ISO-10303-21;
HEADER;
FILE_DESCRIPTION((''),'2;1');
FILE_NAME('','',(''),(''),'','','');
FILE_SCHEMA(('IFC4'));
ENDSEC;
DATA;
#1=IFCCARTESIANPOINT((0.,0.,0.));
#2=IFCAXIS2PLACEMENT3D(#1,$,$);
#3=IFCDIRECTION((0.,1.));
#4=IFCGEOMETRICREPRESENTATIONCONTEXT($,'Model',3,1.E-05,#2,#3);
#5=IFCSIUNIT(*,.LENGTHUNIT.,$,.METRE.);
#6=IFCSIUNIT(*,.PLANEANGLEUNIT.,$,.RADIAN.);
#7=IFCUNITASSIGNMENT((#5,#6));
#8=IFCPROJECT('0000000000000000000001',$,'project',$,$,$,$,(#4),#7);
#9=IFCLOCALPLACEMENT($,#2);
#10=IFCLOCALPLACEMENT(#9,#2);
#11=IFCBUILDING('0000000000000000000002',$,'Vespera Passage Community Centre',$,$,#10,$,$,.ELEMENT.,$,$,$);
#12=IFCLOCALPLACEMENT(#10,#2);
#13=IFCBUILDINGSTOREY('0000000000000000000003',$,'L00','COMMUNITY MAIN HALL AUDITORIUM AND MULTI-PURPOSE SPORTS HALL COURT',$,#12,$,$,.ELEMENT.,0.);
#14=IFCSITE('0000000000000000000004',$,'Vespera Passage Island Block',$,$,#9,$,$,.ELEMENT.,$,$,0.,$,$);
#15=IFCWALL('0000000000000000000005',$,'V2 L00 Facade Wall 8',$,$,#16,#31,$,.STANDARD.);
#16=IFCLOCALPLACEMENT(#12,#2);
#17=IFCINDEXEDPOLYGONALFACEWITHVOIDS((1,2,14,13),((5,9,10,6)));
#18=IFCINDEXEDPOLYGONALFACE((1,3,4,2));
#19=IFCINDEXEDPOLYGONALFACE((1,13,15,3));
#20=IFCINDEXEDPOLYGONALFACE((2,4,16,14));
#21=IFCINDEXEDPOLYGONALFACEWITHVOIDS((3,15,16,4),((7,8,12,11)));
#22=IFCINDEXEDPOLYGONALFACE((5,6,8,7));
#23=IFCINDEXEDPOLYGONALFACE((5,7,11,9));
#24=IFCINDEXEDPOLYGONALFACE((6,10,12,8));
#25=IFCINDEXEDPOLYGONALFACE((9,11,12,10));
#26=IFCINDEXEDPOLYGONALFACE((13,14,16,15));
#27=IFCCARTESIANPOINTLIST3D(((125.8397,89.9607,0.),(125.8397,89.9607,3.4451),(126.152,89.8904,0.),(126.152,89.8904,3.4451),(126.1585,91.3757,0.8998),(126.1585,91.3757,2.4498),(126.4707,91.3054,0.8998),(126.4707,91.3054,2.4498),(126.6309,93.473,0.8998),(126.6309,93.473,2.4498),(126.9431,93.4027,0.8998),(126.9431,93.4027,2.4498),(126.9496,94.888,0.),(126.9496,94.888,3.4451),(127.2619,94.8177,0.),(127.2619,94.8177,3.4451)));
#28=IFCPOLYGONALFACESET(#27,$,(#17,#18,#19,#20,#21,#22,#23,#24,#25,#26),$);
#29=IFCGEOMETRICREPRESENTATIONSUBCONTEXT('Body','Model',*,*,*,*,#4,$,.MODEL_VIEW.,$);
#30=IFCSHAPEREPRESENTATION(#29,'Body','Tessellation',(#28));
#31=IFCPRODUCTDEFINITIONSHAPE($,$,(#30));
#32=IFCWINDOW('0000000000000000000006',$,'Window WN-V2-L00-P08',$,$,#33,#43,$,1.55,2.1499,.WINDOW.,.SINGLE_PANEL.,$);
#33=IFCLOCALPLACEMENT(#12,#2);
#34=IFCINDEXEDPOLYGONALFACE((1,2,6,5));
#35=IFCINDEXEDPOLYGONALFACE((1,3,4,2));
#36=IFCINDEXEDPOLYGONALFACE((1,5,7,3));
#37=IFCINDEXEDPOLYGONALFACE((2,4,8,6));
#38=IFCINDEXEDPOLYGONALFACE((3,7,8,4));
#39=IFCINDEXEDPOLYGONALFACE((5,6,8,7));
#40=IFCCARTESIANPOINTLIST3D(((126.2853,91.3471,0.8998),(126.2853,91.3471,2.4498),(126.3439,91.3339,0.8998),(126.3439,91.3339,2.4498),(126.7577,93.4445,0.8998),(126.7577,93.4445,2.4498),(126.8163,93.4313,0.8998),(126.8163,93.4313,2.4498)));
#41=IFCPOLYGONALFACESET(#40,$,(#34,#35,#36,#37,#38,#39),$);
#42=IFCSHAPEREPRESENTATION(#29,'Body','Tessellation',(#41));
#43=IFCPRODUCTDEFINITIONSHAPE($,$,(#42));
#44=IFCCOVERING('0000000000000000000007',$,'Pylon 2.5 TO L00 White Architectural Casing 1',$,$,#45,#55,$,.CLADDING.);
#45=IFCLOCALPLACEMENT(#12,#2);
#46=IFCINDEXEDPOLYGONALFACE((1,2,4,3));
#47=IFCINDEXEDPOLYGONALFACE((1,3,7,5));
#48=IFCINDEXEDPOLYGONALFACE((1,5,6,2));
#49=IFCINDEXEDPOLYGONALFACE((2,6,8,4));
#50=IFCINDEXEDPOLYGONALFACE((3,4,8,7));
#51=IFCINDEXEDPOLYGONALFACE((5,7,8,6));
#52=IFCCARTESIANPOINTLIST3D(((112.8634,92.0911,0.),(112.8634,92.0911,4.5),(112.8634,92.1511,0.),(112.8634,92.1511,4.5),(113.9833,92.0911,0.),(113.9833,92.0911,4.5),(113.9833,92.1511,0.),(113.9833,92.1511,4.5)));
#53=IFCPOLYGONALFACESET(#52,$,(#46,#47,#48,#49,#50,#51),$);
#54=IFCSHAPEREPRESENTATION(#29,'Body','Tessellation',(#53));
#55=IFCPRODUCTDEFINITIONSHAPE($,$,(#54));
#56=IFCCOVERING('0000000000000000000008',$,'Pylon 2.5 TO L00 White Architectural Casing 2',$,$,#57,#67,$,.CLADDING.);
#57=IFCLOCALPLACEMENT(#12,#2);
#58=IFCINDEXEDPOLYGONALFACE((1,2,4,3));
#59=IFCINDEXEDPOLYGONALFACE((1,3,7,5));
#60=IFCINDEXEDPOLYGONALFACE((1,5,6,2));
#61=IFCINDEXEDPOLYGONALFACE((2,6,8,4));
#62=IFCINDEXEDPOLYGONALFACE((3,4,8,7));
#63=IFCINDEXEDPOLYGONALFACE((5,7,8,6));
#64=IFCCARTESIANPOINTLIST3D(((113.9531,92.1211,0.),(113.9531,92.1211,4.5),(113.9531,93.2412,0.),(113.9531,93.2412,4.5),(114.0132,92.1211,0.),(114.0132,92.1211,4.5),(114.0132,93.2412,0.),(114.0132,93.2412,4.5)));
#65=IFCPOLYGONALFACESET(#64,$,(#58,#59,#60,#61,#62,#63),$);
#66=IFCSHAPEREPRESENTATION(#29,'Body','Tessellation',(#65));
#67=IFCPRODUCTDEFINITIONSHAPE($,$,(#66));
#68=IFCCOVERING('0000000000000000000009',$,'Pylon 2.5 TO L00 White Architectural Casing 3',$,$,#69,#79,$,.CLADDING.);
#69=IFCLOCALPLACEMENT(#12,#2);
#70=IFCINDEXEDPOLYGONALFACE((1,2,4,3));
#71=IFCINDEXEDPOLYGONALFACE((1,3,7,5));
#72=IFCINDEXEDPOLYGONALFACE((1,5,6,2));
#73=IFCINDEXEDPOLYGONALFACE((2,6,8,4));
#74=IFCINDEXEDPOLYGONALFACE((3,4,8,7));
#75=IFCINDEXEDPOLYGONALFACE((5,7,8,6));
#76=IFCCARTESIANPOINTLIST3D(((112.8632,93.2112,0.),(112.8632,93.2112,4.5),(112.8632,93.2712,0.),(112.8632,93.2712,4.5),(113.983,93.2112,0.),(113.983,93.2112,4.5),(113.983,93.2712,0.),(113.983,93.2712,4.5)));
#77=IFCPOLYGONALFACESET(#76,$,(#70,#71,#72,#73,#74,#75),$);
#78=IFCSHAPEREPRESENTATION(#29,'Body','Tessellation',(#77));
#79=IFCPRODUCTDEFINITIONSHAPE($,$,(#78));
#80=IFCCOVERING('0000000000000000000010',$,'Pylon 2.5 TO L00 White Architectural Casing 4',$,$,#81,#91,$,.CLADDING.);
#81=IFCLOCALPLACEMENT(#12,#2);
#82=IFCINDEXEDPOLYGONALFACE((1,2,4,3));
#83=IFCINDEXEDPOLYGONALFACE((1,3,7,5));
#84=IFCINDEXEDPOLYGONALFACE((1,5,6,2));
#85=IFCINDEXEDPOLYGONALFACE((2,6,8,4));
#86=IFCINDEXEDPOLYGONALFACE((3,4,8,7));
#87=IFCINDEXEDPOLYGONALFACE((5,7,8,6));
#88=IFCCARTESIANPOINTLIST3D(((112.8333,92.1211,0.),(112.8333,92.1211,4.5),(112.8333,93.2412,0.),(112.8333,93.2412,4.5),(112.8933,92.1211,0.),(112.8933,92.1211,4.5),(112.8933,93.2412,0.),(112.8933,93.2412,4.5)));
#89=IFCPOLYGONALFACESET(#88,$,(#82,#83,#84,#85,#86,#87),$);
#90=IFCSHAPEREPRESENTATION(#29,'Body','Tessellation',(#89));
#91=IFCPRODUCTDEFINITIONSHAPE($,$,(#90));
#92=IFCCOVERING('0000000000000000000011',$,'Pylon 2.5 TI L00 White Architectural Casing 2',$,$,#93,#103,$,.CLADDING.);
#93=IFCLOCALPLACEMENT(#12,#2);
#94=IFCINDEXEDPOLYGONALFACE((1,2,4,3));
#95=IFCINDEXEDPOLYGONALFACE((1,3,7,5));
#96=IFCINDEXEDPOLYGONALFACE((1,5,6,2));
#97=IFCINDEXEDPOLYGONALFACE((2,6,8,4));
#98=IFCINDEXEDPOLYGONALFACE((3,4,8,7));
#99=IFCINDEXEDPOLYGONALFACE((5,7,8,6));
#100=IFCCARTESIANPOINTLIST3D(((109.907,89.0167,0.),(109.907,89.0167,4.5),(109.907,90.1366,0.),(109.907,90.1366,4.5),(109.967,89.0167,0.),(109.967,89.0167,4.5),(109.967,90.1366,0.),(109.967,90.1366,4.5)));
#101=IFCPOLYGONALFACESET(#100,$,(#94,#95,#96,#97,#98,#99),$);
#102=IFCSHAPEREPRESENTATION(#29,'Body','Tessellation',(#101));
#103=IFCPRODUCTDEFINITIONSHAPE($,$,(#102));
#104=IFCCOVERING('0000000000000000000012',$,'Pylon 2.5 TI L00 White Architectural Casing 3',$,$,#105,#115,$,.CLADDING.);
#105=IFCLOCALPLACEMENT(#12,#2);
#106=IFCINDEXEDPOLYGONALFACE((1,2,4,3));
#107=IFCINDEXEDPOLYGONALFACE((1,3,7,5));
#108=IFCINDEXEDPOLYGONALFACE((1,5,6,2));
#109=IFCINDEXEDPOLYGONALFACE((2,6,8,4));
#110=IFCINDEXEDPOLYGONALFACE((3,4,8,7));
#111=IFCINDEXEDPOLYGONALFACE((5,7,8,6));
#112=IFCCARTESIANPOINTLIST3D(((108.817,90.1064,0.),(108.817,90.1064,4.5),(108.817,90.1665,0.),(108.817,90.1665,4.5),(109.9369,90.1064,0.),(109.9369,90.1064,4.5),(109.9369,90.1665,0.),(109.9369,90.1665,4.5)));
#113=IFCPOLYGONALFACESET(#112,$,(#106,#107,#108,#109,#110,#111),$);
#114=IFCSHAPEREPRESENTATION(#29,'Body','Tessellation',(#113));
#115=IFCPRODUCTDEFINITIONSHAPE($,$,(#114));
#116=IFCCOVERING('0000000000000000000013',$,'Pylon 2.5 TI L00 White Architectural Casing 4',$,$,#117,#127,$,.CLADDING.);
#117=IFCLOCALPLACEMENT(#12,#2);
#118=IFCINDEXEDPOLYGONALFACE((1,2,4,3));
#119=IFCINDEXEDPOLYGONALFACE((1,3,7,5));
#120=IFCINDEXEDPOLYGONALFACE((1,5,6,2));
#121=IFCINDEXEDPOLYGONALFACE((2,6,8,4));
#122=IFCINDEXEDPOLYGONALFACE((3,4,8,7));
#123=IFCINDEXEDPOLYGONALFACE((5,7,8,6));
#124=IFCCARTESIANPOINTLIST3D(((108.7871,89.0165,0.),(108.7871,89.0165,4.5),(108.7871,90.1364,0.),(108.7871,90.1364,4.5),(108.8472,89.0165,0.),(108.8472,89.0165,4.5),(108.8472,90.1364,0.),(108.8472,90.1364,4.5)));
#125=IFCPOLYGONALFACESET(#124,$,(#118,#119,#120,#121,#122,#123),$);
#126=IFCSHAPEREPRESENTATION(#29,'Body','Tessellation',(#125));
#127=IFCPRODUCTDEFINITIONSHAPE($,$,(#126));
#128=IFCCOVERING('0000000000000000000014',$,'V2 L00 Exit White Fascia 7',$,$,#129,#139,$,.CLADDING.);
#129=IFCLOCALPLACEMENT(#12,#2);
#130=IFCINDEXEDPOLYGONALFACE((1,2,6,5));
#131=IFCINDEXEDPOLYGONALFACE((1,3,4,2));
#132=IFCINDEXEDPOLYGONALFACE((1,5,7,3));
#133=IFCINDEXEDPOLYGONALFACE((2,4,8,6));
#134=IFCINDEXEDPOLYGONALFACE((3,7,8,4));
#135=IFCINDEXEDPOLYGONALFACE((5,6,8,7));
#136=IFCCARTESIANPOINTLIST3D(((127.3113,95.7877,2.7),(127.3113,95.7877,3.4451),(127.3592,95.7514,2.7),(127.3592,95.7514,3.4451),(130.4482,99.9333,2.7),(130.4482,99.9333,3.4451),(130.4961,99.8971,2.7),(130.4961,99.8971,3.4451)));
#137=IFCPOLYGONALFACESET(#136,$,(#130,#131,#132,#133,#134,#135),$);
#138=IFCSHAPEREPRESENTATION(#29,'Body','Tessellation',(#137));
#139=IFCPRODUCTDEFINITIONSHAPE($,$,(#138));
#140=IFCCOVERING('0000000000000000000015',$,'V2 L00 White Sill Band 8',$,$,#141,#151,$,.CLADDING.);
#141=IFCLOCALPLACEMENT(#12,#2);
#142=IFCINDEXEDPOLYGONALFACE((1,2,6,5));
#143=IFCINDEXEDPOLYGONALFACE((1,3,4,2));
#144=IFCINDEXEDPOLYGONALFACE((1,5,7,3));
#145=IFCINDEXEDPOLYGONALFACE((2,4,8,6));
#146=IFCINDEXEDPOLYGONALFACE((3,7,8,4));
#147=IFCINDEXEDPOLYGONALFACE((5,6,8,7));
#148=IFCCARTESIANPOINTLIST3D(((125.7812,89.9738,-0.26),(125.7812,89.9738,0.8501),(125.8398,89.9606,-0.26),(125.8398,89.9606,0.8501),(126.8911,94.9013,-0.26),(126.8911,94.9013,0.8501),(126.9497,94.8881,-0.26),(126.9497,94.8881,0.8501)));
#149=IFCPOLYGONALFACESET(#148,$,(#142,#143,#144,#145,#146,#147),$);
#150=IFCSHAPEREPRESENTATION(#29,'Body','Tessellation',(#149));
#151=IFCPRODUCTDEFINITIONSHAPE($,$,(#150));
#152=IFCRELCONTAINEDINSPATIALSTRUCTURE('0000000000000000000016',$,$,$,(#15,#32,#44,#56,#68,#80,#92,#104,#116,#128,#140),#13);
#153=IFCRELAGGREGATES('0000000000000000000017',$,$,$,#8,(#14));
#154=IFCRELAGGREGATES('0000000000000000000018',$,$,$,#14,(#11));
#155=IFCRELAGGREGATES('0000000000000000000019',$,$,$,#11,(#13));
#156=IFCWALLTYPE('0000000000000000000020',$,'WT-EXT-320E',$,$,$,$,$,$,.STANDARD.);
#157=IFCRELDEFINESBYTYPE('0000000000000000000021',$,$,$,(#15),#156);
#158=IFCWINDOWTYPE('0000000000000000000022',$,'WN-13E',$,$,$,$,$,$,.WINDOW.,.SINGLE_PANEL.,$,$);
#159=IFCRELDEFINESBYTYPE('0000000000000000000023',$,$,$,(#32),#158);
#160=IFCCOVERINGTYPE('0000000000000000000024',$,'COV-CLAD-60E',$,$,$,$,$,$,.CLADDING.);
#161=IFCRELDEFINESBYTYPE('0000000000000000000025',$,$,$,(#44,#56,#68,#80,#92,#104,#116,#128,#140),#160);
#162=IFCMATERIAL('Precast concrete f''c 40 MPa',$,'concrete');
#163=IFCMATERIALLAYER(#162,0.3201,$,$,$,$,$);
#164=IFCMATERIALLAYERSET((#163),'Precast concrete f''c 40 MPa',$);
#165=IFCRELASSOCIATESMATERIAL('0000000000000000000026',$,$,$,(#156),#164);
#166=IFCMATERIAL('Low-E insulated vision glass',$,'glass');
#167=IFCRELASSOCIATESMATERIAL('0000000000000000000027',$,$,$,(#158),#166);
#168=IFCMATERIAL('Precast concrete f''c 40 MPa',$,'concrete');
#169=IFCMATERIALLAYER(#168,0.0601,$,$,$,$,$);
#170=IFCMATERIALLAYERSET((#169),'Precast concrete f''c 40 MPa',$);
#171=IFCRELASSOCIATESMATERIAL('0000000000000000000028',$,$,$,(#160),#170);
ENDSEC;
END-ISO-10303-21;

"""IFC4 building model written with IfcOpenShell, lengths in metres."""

from ifc_helpers import new_model, si_unit, direction, frame, frame_2d, origin, place, context, subcontext, project, spatial, rectangle, extrude, material, layer, layer_set, type_object, element, fill, save


model = new_model("IFC4")

# Units and contexts
model_context = context("Model", 3, precision=1e-05, world=origin(), true_north=direction((0.0, 1.0)))
body_context = subcontext(model_context, "Body", "Model", "MODEL_VIEW")
ifc_project = project(units=[si_unit("LENGTHUNIT", "METRE"), si_unit("PLANEANGLEUNIT", "RADIAN")], contexts=[model_context])

# Site, building, storey
site_placement = place(None, origin())
site = spatial("IfcSite", under=ifc_project, at=site_placement, Name="Vespera Passage Island Block", CompositionType="ELEMENT", RefElevation=0.0)
building_placement = place(site_placement, origin())
building = spatial("IfcBuilding", under=site, at=building_placement, Name="Vespera Passage Community Centre", CompositionType="ELEMENT")
storey_placement = place(building_placement, origin())
storey = spatial("IfcBuildingStorey", under=building, at=storey_placement, Name="L00", Description="COMMUNITY MAIN HALL AUDITORIUM AND MULTI-PURPOSE SPORTS HALL COURT", CompositionType="ELEMENT", Elevation=0.0)

# Shared definitions
ifc_material_1 = material(Name="Precast concrete f'c 40 MPa", Category="concrete")
ifc_layer_1 = layer(ifc_material_1, 0.3201)
ifc_layer_set_1 = layer_set([ifc_layer_1], Name="Precast concrete f'c 40 MPa")
wall_type = type_object("IfcWallType", Name="WT-EXT-320E", PredefinedType="STANDARD", material=ifc_layer_set_1)

# Wall, opening, window
wall_1_placement = place(storey_placement, frame((125.9958, 89.9255, 0.0), z_axis=(0.0, 0.0, 1.0), x_axis=(0.219745, 0.975557, 0.0)))
wall_1 = element("IfcWall", 1, at=wall_1_placement, inside=storey, type_object=wall_type, Name="V2 L00 Facade Wall 8", PredefinedType="STANDARD", context=body_context, shape_type="SweptSolid", body=[
    extrude(rectangle(XDim=5.0508, YDim=0.3201, at=frame_2d((2.5254, 0.0))), origin(), (0.0, 0.0, 1.0), 3.4451),
])
opening_1_placement = place(wall_1_placement, frame((1.4504, 0.0, 0.8999)))
opening_1 = element("IfcOpeningElement", 2, at=opening_1_placement, cuts=wall_1, PredefinedType="OPENING", context=body_context, shape_type="SweptSolid", body=[
    extrude(rectangle(XDim=2.1499, YDim=1.55, at=frame_2d((1.075, 0.7749))), frame((0.0, 0.1702, 0.0), z_axis=(0.0, -1.0, 0.0), x_axis=(1.0, 0.0, 0.0)), (0.0, 0.0, 1.0), 0.3401),
])
ifc_material_2 = material(Name="Low-E insulated vision glass", Category="glass")
window_type = type_object("IfcWindowType", Name="WN-13E", PartitioningType="SINGLE_PANEL", PredefinedType="WINDOW", material=ifc_material_2)
window_placement = place(opening_1_placement, origin())
window = element("IfcWindow", 3, at=window_placement, inside=storey, type_object=window_type, Name="Window WN-V2-L00-P08", OverallHeight=1.55, OverallWidth=2.1499, PartitioningType="SINGLE_PANEL", PredefinedType="WINDOW", context=body_context, shape_type="SweptSolid", body=[
    extrude(rectangle(XDim=2.1499, YDim=1.55, at=frame_2d((1.075, 0.7749))), frame((0.0, 0.03, 0.0), z_axis=(0.0, -1.0, 0.0), x_axis=(1.0, 0.0, 0.0)), (0.0, 0.0, 1.0), 0.0601),
])
fill(opening_1, window)

# Coverings
ifc_material_3 = material(Name="Precast concrete f'c 40 MPa", Category="concrete")
ifc_layer_2 = layer(ifc_material_3, 0.0601)
ifc_layer_set_2 = layer_set([ifc_layer_2], Name="Precast concrete f'c 40 MPa")
covering_type = type_object("IfcCoveringType", Name="COV-CLAD-60E", PredefinedType="CLADDING", material=ifc_layer_set_2)
covering_1_placement = place(storey_placement, frame((112.8633, 92.1211, 0.0), z_axis=(0.0, 0.0, 1.0), x_axis=(1.0, 0.0, 0.0)))
element("IfcCovering", 4, at=covering_1_placement, inside=storey, type_object=covering_type, Name="Pylon 2.5 TO L00 White Architectural Casing 1", PredefinedType="CLADDING", context=body_context, shape_type="SweptSolid", body=[
    extrude(rectangle(XDim=1.1199, YDim=0.0601, at=frame_2d((0.5601, 0.0))), origin(), (0.0, 0.0, 1.0), 4.5),
])
covering_2_placement = place(storey_placement, frame((113.9832, 92.1211, 0.0), z_axis=(0.0, 0.0, 1.0), x_axis=(0.0, 1.0, 0.0)))
element("IfcCovering", 5, at=covering_2_placement, inside=storey, type_object=covering_type, Name="Pylon 2.5 TO L00 White Architectural Casing 2", PredefinedType="CLADDING", context=body_context, shape_type="SweptSolid", body=[
    extrude(rectangle(XDim=1.1201, YDim=0.0601, at=frame_2d((0.5601, 0.0))), origin(), (0.0, 0.0, 1.0), 4.5),
])
covering_3_placement = place(storey_placement, frame((113.9832, 93.2412, 0.0), z_axis=(0.0, 0.0, 1.0), x_axis=(-1.0, 0.0, 0.0)))
element("IfcCovering", 6, at=covering_3_placement, inside=storey, type_object=covering_type, Name="Pylon 2.5 TO L00 White Architectural Casing 3", PredefinedType="CLADDING", context=body_context, shape_type="SweptSolid", body=[
    extrude(rectangle(XDim=1.1199, YDim=0.0601, at=frame_2d((0.5601, 0.0))), origin(), (0.0, 0.0, 1.0), 4.5),
])
covering_4_placement = place(storey_placement, frame((112.8633, 93.2412, 0.0), z_axis=(0.0, 0.0, 1.0), x_axis=(0.0, -1.0, 0.0)))
element("IfcCovering", 7, at=covering_4_placement, inside=storey, type_object=covering_type, Name="Pylon 2.5 TO L00 White Architectural Casing 4", PredefinedType="CLADDING", context=body_context, shape_type="SweptSolid", body=[
    extrude(rectangle(XDim=1.1201, YDim=0.0601, at=frame_2d((0.5601, 0.0))), origin(), (0.0, 0.0, 1.0), 4.5),
])
for number, where, z_axis, x_axis, name in (
    (8, (109.937, 89.0166, 0.0), (0.0, 0.0, 1.0), (0.0, 1.0, 0.0), "Pylon 2.5 TI L00 White Architectural Casing 2"),
    (9, (109.937, 90.1365, 0.0), (0.0, 0.0, 1.0), (-1.0, 0.0, 0.0), "Pylon 2.5 TI L00 White Architectural Casing 3"),
    (10, (108.8171, 90.1365, 0.0), (0.0, 0.0, 1.0), (0.0, -1.0, 0.0), "Pylon 2.5 TI L00 White Architectural Casing 4"),
):
    element("IfcCovering", number, at=place(storey_placement, frame(where, z_axis=z_axis, x_axis=x_axis)), inside=storey, type_object=covering_type, Name=name, PredefinedType="CLADDING", context=body_context, shape_type="SweptSolid", body=[
        extrude(rectangle(XDim=1.1199, YDim=0.0601, at=frame_2d((0.5601, 0.0))), origin(), (0.0, 0.0, 1.0), 4.5),
    ])
covering_5_placement = place(storey_placement, frame((127.3352, 95.7695, 2.7), z_axis=(0.0, 0.0, 1.0), x_axis=(0.603398, 0.79744, 0.0)))
element("IfcCovering", 11, at=covering_5_placement, inside=storey, type_object=covering_type, Name="V2 L00 Exit White Fascia 7", PredefinedType="CLADDING", context=body_context, shape_type="SweptSolid", body=[
    extrude(rectangle(XDim=5.1987, YDim=0.0601, at=frame_2d((2.5994, 0.0))), origin(), (0.0, 0.0, 1.0), 0.7451),
])
covering_6_placement = place(storey_placement, frame((125.8105, 89.9673, -0.26), z_axis=(0.0, 0.0, 1.0), x_axis=(0.219734, 0.97556, 0.0)))
element("IfcCovering", 12, at=covering_6_placement, inside=storey, type_object=covering_type, Name="V2 L00 White Sill Band 8", PredefinedType="CLADDING", context=body_context, shape_type="SweptSolid", body=[
    extrude(rectangle(XDim=5.051, YDim=0.0601, at=frame_2d((2.5254, 0.0))), origin(), (0.0, 0.0, 1.0), 1.1101),
])

save(model, "model.ifc")
